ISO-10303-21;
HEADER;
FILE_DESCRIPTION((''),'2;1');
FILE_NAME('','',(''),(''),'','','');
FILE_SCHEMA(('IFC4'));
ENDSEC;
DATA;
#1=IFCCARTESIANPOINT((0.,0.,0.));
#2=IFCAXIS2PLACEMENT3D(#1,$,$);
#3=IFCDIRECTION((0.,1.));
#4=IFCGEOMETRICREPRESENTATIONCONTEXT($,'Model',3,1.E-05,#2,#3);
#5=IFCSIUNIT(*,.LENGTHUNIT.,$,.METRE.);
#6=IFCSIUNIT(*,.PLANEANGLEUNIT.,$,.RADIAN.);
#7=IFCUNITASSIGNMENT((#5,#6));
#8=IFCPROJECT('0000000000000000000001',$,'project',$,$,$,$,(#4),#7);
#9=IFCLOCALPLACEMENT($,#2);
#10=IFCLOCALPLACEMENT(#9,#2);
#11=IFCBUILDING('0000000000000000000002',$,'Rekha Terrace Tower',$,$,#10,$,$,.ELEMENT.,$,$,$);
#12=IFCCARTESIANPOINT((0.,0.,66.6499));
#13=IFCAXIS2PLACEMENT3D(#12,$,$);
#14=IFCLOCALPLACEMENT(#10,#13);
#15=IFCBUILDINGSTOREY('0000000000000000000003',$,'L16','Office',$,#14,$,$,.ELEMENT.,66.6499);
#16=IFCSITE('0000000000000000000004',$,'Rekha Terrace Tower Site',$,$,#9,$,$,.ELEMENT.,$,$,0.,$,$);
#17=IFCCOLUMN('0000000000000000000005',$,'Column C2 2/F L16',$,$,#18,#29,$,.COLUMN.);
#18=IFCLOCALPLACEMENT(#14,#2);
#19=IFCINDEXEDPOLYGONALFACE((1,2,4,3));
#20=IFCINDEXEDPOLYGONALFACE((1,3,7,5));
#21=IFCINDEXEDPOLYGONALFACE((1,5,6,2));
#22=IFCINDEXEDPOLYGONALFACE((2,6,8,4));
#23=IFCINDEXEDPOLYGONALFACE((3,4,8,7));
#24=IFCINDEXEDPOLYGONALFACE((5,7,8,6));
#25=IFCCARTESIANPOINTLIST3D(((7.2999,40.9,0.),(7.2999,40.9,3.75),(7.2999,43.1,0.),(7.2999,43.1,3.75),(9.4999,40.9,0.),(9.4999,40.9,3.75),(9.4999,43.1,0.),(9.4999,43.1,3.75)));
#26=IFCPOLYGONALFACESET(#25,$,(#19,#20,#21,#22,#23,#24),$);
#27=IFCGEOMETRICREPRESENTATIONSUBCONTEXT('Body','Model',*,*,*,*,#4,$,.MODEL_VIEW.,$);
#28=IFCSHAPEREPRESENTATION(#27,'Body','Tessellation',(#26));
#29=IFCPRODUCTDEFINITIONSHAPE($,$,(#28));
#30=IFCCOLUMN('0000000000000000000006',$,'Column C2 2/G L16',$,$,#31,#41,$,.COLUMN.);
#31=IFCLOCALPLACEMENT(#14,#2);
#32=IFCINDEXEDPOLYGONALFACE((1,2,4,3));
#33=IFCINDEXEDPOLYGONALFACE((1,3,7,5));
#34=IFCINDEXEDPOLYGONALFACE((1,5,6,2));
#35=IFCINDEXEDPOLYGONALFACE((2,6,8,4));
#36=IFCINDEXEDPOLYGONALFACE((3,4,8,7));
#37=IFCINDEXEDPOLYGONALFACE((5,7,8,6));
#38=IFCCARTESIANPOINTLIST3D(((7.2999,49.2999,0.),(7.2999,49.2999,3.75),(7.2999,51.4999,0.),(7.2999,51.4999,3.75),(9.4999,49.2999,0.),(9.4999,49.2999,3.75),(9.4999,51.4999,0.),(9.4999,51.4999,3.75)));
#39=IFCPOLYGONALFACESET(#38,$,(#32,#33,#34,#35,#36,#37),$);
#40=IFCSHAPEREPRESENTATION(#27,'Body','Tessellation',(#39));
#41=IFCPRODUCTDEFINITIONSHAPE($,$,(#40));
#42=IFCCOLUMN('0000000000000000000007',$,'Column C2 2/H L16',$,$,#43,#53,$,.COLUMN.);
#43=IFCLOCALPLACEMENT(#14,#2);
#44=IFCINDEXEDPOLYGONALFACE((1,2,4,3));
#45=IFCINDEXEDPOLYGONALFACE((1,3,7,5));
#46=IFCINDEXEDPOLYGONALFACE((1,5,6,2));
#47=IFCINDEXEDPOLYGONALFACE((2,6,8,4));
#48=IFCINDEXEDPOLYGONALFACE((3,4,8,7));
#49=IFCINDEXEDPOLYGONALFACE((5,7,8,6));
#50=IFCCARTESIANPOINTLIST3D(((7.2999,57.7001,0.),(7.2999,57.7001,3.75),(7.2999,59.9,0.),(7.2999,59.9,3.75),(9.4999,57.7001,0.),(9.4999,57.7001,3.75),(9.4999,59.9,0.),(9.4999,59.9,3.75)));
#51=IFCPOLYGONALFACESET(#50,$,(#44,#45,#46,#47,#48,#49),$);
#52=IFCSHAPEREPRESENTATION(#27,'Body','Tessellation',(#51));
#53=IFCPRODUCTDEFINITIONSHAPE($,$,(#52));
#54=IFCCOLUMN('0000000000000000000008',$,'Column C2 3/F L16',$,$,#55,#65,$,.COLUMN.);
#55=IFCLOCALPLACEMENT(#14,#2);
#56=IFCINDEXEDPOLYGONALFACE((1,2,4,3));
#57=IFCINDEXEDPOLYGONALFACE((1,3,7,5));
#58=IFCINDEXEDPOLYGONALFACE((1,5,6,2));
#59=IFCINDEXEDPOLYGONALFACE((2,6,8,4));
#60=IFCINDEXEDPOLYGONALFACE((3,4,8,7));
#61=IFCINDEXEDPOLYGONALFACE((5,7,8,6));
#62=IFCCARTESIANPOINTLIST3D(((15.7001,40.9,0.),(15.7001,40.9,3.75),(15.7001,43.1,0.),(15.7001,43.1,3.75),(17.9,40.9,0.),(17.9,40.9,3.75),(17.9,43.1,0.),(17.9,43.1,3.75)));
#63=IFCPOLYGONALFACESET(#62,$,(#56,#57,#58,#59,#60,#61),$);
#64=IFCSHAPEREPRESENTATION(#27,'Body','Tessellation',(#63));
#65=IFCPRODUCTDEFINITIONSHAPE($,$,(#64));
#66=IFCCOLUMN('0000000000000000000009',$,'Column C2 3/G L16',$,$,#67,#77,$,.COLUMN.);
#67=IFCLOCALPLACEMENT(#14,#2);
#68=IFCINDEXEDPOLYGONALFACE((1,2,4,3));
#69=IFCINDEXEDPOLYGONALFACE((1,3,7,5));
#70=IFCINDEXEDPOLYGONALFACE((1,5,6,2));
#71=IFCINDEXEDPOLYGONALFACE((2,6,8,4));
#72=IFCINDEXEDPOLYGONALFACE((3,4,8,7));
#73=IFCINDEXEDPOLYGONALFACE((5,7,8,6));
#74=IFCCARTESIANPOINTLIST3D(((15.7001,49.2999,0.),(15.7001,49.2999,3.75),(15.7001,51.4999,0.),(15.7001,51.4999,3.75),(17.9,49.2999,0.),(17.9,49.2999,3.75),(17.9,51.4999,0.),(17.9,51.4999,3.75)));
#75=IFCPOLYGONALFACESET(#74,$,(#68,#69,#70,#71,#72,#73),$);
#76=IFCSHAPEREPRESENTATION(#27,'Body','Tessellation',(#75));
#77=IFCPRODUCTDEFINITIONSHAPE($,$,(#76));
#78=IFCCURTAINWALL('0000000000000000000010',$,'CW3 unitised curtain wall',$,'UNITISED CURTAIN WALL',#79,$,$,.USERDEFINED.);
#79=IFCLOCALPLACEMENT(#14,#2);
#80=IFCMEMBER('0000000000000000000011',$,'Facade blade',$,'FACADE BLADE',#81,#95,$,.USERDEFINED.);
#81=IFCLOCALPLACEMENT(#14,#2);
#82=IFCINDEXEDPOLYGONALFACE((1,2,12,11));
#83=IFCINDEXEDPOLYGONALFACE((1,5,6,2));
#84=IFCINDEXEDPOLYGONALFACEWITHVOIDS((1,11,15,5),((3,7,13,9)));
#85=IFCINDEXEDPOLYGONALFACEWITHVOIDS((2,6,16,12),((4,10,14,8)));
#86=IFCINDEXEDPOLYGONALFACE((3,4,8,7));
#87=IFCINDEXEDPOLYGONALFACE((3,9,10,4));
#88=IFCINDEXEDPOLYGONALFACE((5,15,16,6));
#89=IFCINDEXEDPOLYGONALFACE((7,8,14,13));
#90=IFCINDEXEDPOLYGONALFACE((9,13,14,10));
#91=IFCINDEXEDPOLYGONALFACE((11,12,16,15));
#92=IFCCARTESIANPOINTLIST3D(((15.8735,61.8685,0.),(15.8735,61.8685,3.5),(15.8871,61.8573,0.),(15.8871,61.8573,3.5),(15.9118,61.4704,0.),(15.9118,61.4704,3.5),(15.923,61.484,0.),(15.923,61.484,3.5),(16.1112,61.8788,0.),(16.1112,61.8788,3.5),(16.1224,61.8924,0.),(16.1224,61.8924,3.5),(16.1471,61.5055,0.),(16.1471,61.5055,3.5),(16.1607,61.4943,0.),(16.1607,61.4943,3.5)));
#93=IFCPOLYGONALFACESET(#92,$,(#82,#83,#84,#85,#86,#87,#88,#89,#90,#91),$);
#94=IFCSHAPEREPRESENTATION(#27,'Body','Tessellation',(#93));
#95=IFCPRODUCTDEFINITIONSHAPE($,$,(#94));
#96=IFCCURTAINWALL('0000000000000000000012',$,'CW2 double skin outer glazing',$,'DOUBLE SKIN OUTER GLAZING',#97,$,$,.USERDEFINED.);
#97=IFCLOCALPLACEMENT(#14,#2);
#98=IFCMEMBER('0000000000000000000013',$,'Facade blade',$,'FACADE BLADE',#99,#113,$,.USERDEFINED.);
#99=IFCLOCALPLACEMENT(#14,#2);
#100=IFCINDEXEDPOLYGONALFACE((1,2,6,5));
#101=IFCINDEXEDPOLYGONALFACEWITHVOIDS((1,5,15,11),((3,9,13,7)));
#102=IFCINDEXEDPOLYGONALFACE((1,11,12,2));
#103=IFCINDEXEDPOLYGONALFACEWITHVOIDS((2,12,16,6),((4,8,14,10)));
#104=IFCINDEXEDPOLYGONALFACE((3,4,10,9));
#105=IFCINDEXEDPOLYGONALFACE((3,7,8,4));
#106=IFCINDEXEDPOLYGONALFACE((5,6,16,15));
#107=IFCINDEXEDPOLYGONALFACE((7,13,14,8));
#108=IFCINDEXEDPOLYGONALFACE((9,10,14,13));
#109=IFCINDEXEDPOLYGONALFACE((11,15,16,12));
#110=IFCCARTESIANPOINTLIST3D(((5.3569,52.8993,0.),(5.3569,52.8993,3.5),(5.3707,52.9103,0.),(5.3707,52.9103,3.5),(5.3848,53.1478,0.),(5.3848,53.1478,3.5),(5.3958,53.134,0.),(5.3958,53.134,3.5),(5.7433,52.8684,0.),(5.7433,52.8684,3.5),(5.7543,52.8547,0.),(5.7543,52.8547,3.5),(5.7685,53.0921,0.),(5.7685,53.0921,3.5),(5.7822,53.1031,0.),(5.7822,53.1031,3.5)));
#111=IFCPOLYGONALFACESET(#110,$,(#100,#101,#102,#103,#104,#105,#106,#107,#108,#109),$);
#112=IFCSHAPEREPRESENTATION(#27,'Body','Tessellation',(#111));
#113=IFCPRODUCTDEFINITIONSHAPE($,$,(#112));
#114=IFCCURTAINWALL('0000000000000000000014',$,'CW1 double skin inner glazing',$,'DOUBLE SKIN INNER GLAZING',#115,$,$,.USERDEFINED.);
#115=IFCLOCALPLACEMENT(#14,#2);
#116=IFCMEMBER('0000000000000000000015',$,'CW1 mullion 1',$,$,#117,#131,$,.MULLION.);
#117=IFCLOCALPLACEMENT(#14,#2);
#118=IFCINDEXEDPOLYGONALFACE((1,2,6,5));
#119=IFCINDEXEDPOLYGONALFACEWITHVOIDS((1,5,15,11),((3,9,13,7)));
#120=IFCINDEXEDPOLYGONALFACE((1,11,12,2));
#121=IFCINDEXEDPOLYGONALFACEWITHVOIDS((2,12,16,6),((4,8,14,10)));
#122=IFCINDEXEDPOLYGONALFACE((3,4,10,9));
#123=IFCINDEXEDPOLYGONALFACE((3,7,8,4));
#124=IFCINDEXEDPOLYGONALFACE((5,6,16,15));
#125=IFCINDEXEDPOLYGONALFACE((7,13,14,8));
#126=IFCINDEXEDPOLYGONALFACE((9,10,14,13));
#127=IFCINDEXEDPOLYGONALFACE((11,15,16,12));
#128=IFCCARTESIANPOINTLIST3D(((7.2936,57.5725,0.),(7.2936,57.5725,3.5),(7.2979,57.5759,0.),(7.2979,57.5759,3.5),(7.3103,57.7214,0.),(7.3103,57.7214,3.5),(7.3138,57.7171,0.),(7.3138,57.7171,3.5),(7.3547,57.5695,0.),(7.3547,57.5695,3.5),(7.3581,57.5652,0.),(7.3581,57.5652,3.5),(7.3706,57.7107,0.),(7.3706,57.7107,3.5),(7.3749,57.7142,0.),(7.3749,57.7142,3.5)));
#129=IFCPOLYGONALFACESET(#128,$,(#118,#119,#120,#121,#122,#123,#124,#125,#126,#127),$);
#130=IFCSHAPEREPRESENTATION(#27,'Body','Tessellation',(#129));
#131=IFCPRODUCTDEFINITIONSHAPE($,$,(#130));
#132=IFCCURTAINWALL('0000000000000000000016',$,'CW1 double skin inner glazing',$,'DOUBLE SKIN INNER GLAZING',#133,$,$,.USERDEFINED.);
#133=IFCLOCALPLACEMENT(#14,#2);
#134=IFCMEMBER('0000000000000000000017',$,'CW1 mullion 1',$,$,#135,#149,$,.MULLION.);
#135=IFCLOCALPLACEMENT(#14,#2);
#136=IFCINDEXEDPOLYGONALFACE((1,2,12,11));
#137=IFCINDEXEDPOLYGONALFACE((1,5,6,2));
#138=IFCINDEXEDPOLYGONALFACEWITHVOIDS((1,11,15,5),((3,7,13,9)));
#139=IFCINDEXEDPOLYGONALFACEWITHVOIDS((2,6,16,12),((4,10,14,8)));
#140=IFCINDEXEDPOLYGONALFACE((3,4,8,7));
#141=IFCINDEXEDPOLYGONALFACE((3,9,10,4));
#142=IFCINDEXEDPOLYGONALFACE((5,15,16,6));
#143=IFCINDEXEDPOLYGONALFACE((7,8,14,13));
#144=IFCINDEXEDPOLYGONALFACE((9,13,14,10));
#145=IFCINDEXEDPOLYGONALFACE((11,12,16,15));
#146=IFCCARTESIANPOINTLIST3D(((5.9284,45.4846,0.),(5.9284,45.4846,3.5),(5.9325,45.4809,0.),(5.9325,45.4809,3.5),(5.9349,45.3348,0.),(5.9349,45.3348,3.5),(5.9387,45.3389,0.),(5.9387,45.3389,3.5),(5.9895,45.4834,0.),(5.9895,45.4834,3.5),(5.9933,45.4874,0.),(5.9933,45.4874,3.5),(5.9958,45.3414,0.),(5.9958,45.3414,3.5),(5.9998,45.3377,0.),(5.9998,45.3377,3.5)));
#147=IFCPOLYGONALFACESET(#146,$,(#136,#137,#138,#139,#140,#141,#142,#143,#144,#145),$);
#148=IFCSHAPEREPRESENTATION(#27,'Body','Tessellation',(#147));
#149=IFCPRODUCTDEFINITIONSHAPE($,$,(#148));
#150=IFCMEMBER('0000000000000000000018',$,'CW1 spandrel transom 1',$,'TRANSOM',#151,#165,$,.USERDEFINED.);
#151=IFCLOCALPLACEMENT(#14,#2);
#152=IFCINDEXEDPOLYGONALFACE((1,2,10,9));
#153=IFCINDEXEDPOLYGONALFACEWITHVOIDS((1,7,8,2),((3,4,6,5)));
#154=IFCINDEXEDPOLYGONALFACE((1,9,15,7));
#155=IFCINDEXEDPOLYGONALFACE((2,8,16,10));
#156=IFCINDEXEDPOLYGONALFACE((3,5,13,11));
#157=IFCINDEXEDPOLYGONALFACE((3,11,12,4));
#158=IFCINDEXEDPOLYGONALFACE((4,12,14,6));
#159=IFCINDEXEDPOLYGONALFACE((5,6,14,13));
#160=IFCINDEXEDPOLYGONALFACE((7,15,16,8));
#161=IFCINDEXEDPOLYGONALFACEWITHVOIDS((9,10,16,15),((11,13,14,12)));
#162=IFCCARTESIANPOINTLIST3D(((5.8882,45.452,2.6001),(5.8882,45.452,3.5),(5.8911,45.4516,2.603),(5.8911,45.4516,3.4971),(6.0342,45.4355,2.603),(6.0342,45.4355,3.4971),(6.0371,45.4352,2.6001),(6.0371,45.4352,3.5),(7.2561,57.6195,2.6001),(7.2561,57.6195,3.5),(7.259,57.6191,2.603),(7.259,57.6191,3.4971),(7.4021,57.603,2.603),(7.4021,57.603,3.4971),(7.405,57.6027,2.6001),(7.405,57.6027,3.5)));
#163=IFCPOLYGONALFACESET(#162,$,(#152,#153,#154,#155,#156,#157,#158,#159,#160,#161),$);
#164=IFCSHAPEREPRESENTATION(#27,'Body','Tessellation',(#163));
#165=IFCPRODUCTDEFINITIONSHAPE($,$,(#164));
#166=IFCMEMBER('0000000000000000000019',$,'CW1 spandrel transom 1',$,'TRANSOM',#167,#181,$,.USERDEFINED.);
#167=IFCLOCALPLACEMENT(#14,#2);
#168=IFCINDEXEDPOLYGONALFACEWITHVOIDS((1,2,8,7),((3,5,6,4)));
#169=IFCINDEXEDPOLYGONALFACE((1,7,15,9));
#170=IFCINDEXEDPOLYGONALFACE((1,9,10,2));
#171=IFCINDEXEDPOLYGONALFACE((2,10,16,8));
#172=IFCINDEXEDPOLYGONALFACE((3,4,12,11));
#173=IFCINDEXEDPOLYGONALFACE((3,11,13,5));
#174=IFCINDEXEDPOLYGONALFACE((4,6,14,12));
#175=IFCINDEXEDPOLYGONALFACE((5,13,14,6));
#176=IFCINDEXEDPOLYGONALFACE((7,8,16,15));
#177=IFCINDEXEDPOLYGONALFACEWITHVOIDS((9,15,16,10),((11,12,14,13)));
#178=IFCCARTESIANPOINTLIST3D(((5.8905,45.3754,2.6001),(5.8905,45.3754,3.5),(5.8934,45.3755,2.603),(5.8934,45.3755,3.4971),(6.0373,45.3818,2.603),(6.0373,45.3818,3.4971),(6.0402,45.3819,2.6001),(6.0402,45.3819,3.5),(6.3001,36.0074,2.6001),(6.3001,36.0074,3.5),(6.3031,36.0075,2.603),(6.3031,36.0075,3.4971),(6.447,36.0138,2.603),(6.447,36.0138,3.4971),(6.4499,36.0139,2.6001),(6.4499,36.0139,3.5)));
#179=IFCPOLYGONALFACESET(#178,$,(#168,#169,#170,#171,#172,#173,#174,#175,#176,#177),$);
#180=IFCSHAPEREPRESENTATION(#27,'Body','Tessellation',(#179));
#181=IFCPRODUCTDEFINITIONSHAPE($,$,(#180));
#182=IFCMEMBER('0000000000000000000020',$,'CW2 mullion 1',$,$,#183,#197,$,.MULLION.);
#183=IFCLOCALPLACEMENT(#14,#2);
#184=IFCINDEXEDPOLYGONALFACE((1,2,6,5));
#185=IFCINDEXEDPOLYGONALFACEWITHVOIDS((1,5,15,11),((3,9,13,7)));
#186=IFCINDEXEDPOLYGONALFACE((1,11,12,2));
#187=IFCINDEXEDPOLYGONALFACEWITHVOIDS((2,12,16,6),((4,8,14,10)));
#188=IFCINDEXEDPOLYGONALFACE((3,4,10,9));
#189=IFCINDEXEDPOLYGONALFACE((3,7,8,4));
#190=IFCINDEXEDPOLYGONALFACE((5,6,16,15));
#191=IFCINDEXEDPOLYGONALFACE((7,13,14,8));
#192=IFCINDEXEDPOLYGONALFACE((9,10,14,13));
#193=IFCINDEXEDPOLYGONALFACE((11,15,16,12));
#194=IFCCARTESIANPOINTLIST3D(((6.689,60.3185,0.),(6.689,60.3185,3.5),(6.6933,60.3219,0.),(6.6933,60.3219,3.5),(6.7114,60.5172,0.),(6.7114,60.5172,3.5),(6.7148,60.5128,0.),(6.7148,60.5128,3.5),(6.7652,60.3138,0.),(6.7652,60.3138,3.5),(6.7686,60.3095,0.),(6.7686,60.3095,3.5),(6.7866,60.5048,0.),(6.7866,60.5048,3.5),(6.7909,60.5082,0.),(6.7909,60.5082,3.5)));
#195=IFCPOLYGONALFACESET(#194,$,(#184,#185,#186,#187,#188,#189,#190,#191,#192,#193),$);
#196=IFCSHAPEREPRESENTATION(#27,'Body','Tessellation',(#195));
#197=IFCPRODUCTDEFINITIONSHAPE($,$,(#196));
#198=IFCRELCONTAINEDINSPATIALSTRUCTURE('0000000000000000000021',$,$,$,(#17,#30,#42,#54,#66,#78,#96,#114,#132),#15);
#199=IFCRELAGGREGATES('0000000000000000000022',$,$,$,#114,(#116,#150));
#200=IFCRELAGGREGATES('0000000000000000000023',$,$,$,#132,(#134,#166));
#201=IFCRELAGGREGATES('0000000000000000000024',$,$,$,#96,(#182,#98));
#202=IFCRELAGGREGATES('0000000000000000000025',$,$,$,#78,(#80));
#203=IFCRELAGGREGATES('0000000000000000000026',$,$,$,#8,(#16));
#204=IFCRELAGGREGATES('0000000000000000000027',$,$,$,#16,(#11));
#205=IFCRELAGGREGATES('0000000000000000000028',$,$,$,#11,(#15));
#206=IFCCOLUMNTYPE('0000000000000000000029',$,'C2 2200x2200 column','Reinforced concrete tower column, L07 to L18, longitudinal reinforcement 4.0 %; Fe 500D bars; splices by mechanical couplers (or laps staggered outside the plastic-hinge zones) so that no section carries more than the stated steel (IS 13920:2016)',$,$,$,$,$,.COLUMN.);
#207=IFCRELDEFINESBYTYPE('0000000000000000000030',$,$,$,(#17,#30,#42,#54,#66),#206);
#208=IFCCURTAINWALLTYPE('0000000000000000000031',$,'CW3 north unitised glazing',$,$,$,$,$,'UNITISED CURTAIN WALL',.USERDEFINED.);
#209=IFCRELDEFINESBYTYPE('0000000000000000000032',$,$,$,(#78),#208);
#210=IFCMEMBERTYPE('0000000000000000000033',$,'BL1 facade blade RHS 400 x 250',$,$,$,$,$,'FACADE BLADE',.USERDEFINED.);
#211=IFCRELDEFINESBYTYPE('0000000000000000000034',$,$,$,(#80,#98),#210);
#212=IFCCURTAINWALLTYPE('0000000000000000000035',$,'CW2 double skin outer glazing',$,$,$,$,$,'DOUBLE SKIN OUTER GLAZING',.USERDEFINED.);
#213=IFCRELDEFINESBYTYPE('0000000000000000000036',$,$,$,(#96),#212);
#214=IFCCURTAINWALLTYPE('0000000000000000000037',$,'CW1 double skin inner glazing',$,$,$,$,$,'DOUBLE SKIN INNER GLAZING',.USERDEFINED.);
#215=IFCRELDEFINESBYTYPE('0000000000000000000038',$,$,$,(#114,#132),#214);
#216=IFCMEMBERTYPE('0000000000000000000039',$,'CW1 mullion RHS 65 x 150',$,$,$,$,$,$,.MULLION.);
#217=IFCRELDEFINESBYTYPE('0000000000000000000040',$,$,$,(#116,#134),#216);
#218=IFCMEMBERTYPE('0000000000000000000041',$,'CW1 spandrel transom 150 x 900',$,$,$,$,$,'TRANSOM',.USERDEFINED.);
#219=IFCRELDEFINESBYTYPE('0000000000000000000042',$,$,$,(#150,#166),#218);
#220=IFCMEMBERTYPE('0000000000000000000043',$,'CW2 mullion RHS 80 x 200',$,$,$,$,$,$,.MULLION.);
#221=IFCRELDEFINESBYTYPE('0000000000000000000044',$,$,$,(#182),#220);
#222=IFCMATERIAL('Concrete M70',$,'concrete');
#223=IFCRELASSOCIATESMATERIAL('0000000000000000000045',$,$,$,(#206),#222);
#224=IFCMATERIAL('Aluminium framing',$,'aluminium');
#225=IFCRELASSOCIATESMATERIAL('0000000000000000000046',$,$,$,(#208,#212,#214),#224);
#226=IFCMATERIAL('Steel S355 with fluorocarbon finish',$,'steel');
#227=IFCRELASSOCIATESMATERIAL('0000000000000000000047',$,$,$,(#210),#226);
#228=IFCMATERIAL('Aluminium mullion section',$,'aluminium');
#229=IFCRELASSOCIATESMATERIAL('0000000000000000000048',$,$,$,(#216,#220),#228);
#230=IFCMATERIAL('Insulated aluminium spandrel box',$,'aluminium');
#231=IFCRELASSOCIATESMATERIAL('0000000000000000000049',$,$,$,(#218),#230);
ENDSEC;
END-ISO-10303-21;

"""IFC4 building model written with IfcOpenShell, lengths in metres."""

from ifc_helpers import new_model, si_unit, direction, frame, origin, origin_2d, place, context, subcontext, project, spatial, rectangle, hollow_rectangle, extrude, material, material_profile, profile_set, type_object, element, aggregate, save


model = new_model("IFC4")

# Units and contexts
model_context = context("Model", 3, precision=1e-05, world=origin(), true_north=direction((0.0, 1.0)))
body_context = subcontext(model_context, "Body", "Model", "MODEL_VIEW")
ifc_project = project(units=[si_unit("LENGTHUNIT", "METRE"), si_unit("PLANEANGLEUNIT", "RADIAN")], contexts=[model_context])

# Site, building, storey
site_placement = place(None, origin())
site = spatial("IfcSite", under=ifc_project, at=site_placement, Name="Rekha Terrace Tower Site", CompositionType="ELEMENT", RefElevation=0.0)
building_placement = place(site_placement, origin())
building = spatial("IfcBuilding", under=site, at=building_placement, Name="Rekha Terrace Tower", CompositionType="ELEMENT")
storey_placement = place(building_placement, frame((0.0, 0.0, 66.6499)))
storey = spatial("IfcBuildingStorey", under=building, at=storey_placement, Name="L16", Description="Office", CompositionType="ELEMENT", Elevation=66.6499)

# Columns
ifc_material_1 = material(Name="Concrete M70", Category="concrete")
ifc_material_profile_1 = material_profile(ifc_material_1, rectangle(XDim=2.2, YDim=2.2, at=origin_2d()), Name="RC 2200x2200")
ifc_profile_set_1 = profile_set([ifc_material_profile_1], Name="Concrete M70")
column_type = type_object("IfcColumnType", Name="C2 2200x2200 column", Description="Reinforced concrete tower column, L07 to L18, longitudinal reinforcement 4.0 %; Fe 500D bars; splices by mechanical couplers (or laps staggered outside the plastic-hinge zones) so that no section carries more than the stated steel (IS 13920:2016)", PredefinedType="COLUMN", material=ifc_profile_set_1)
for number, where, z_axis, x_axis, name in (
    (1, (8.3999, 42.0, 0.0), (0.0, 0.0, 1.0), (1.0, 0.0, 0.0), "Column C2 2/F L16"),
    (2, (8.3999, 50.3999, 0.0), (0.0, 0.0, 1.0), (1.0, 0.0, 0.0), "Column C2 2/G L16"),
    (3, (8.3999, 58.8, 0.0), (0.0, 0.0, 1.0), (1.0, 0.0, 0.0), "Column C2 2/H L16"),
    (4, (16.8, 42.0, 0.0), (0.0, 0.0, 1.0), (1.0, 0.0, 0.0), "Column C2 3/F L16"),
    (5, (16.8, 50.3999, 0.0), (0.0, 0.0, 1.0), (1.0, 0.0, 0.0), "Column C2 3/G L16"),
):
    element("IfcColumn", number, at=place(storey_placement, frame(where, z_axis=z_axis, x_axis=x_axis)), inside=storey, type_object=column_type, Name=name, PredefinedType="COLUMN", context=body_context, shape_type="SweptSolid", body=[
        extrude(rectangle(XDim=2.2, YDim=2.2, at=origin_2d()), origin(), (0.0, 0.0, 1.0), 3.75),
    ])

# Curtain walls, members
ifc_material_2 = material(Name="Aluminium framing", Category="aluminium")
curtain_wall_type_1 = type_object("IfcCurtainWallType", Name="CW3 north unitised glazing", ElementType="UNITISED CURTAIN WALL", PredefinedType="USERDEFINED", material=ifc_material_2)
curtain_wall_1_placement = place(storey_placement, origin())
curtain_wall_1 = element("IfcCurtainWall", 6, at=curtain_wall_1_placement, inside=storey, type_object=curtain_wall_type_1, Name="CW3 unitised curtain wall", ObjectType="UNITISED CURTAIN WALL", PredefinedType="USERDEFINED")
ifc_material_3 = material(Name="Steel S355 with fluorocarbon finish", Category="steel")
ifc_material_profile_2 = material_profile(ifc_material_3, hollow_rectangle(XDim=0.25, YDim=0.3999, WallThickness=0.0125, at=origin_2d()), Name="RHS400x250x12.5")
ifc_profile_set_2 = profile_set([ifc_material_profile_2], Name="Steel S355 with fluorocarbon finish")
member_type_1 = type_object("IfcMemberType", Name="BL1 facade blade RHS 400 x 250", ElementType="FACADE BLADE", PredefinedType="USERDEFINED", material=ifc_profile_set_2)
member_1_placement = place(storey_placement, frame((16.0171, 61.6814, 0.0), z_axis=(0.0, 0.0, 1.0), x_axis=(-0.995409, -0.095712, 0.0)))
member_1 = element("IfcMember", 7, at=member_1_placement, type_object=member_type_1, Name="Facade blade", ObjectType="FACADE BLADE", PredefinedType="USERDEFINED", context=body_context, shape_type="SweptSolid", body=[
    extrude(hollow_rectangle(XDim=0.25, YDim=0.3999, WallThickness=0.0125, at=origin_2d()), origin(), (0.0, 0.0, 1.0), 3.5),
])
curtain_wall_type_2 = type_object("IfcCurtainWallType", Name="CW2 double skin outer glazing", ElementType="DOUBLE SKIN OUTER GLAZING", PredefinedType="USERDEFINED", material=ifc_material_2)
curtain_wall_2_placement = place(storey_placement, origin())
curtain_wall_2 = element("IfcCurtainWall", 8, at=curtain_wall_2_placement, inside=storey, type_object=curtain_wall_type_2, Name="CW2 double skin outer glazing", ObjectType="DOUBLE SKIN OUTER GLAZING", PredefinedType="USERDEFINED")
member_2_placement = place(storey_placement, frame((5.5696, 53.0012, 0.0), z_axis=(0.0, 0.0, 1.0), x_axis=(-0.111729, -0.993739, 0.0)))
member_2 = element("IfcMember", 9, at=member_2_placement, type_object=member_type_1, Name="Facade blade", ObjectType="FACADE BLADE", PredefinedType="USERDEFINED", context=body_context, shape_type="SweptSolid", body=[
    extrude(hollow_rectangle(XDim=0.25, YDim=0.3999, WallThickness=0.0125, at=origin_2d()), origin(), (0.0, 0.0, 1.0), 3.5),
])
curtain_wall_type_3 = type_object("IfcCurtainWallType", Name="CW1 double skin inner glazing", ElementType="DOUBLE SKIN INNER GLAZING", PredefinedType="USERDEFINED", material=ifc_material_2)
curtain_wall_3_placement = place(storey_placement, origin())
curtain_wall_3 = element("IfcCurtainWall", 10, at=curtain_wall_3_placement, inside=storey, type_object=curtain_wall_type_3, Name="CW1 double skin inner glazing", ObjectType="DOUBLE SKIN INNER GLAZING", PredefinedType="USERDEFINED")
ifc_material_4 = material(Name="Aluminium mullion section", Category="aluminium")
ifc_material_profile_3 = material_profile(ifc_material_4, hollow_rectangle(XDim=0.0649, YDim=0.1499, WallThickness=0.0039, at=origin_2d()), Name="AL RHS 65x150")
ifc_profile_set_3 = profile_set([ifc_material_profile_3], Name="Aluminium mullion section")
member_type_2 = type_object("IfcMemberType", Name="CW1 mullion RHS 65 x 150", PredefinedType="MULLION", material=ifc_profile_set_3)
member_3_placement = place(storey_placement, frame((7.3342, 57.6433, 0.0), z_axis=(0.0, 0.0, 1.0), x_axis=(0.993739, -0.11173, 0.0)))
member_3 = element("IfcMember", 11, at=member_3_placement, type_object=member_type_2, Name="CW1 mullion 1", PredefinedType="MULLION", context=body_context, shape_type="SweptSolid", body=[
    extrude(hollow_rectangle(XDim=0.0649, YDim=0.1499, WallThickness=0.0039, at=origin_2d()), origin(), (0.0, 0.0, 1.0), 3.5),
])
curtain_wall_4_placement = place(storey_placement, origin())
curtain_wall_4 = element("IfcCurtainWall", 12, at=curtain_wall_4_placement, inside=storey, type_object=curtain_wall_type_3, Name="CW1 double skin inner glazing", ObjectType="DOUBLE SKIN INNER GLAZING", PredefinedType="USERDEFINED")
member_4_placement = place(storey_placement, frame((5.9641, 45.4111, 0.0), z_axis=(0.0, 0.0, 1.0), x_axis=(0.999045, 0.043683, 0.0)))
member_4 = element("IfcMember", 13, at=member_4_placement, type_object=member_type_2, Name="CW1 mullion 1", PredefinedType="MULLION", context=body_context, shape_type="SweptSolid", body=[
    extrude(hollow_rectangle(XDim=0.0649, YDim=0.1499, WallThickness=0.0039, at=origin_2d()), origin(), (0.0, 0.0, 1.0), 3.5),
])

# Members
ifc_material_5 = material(Name="Insulated aluminium spandrel box", Category="aluminium")
ifc_material_profile_4 = material_profile(ifc_material_5, hollow_rectangle(XDim=0.1499, YDim=0.8999, WallThickness=0.0029, at=origin_2d()), Name="AL SPANDREL BOX 150x900")
ifc_profile_set_4 = profile_set([ifc_material_profile_4], Name="Insulated aluminium spandrel box")
member_type_3 = type_object("IfcMemberType", Name="CW1 spandrel transom 150 x 900", ElementType="TRANSOM", PredefinedType="USERDEFINED", material=ifc_profile_set_4)
member_5_placement = place(storey_placement, frame((7.3306, 57.6111, 3.05), z_axis=(-0.11172, -0.99374, 0.0), x_axis=(0.99374, -0.11172, 0.0)))
member_5 = element("IfcMember", 14, at=member_5_placement, type_object=member_type_3, Name="CW1 spandrel transom 1", ObjectType="TRANSOM", PredefinedType="USERDEFINED", context=body_context, shape_type="SweptSolid", body=[
    extrude(hollow_rectangle(XDim=0.1499, YDim=0.8999, WallThickness=0.0029, at=origin_2d()), origin(), (0.0, 0.0, 1.0), 12.2441),
])
member_6_placement = place(storey_placement, frame((5.9653, 45.3787, 3.05), z_axis=(0.043689, -0.999045, 0.0), x_axis=(0.999045, 0.043689, 0.0)))
member_6 = element("IfcMember", 15, at=member_6_placement, type_object=member_type_3, Name="CW1 spandrel transom 1", ObjectType="TRANSOM", PredefinedType="USERDEFINED", context=body_context, shape_type="SweptSolid", body=[
    extrude(hollow_rectangle(XDim=0.1499, YDim=0.8999, WallThickness=0.0029, at=origin_2d()), origin(), (0.0, 0.0, 1.0), 9.377),
])
ifc_material_profile_5 = material_profile(ifc_material_4, hollow_rectangle(XDim=0.0801, YDim=0.2, WallThickness=0.0039, at=origin_2d()), Name="AL RHS 80x200")
ifc_profile_set_5 = profile_set([ifc_material_profile_5], Name="Aluminium mullion section")
member_type_4 = type_object("IfcMemberType", Name="CW2 mullion RHS 80 x 200", PredefinedType="MULLION", material=ifc_profile_set_5)
member_7_placement = place(storey_placement, frame((6.74, 60.4133, 0.0), z_axis=(0.0, 0.0, 1.0), x_axis=(0.993739, -0.11173, 0.0)))
member_7 = element("IfcMember", 16, at=member_7_placement, type_object=member_type_4, Name="CW2 mullion 1", PredefinedType="MULLION", context=body_context, shape_type="SweptSolid", body=[
    extrude(hollow_rectangle(XDim=0.0801, YDim=0.2, WallThickness=0.0039, at=origin_2d()), origin(), (0.0, 0.0, 1.0), 3.5),
])

aggregate(curtain_wall_3, [member_3, member_5])
aggregate(curtain_wall_4, [member_4, member_6])
aggregate(curtain_wall_2, [member_7, member_2])
aggregate(curtain_wall_1, [member_1])

save(model, "model.ifc")
